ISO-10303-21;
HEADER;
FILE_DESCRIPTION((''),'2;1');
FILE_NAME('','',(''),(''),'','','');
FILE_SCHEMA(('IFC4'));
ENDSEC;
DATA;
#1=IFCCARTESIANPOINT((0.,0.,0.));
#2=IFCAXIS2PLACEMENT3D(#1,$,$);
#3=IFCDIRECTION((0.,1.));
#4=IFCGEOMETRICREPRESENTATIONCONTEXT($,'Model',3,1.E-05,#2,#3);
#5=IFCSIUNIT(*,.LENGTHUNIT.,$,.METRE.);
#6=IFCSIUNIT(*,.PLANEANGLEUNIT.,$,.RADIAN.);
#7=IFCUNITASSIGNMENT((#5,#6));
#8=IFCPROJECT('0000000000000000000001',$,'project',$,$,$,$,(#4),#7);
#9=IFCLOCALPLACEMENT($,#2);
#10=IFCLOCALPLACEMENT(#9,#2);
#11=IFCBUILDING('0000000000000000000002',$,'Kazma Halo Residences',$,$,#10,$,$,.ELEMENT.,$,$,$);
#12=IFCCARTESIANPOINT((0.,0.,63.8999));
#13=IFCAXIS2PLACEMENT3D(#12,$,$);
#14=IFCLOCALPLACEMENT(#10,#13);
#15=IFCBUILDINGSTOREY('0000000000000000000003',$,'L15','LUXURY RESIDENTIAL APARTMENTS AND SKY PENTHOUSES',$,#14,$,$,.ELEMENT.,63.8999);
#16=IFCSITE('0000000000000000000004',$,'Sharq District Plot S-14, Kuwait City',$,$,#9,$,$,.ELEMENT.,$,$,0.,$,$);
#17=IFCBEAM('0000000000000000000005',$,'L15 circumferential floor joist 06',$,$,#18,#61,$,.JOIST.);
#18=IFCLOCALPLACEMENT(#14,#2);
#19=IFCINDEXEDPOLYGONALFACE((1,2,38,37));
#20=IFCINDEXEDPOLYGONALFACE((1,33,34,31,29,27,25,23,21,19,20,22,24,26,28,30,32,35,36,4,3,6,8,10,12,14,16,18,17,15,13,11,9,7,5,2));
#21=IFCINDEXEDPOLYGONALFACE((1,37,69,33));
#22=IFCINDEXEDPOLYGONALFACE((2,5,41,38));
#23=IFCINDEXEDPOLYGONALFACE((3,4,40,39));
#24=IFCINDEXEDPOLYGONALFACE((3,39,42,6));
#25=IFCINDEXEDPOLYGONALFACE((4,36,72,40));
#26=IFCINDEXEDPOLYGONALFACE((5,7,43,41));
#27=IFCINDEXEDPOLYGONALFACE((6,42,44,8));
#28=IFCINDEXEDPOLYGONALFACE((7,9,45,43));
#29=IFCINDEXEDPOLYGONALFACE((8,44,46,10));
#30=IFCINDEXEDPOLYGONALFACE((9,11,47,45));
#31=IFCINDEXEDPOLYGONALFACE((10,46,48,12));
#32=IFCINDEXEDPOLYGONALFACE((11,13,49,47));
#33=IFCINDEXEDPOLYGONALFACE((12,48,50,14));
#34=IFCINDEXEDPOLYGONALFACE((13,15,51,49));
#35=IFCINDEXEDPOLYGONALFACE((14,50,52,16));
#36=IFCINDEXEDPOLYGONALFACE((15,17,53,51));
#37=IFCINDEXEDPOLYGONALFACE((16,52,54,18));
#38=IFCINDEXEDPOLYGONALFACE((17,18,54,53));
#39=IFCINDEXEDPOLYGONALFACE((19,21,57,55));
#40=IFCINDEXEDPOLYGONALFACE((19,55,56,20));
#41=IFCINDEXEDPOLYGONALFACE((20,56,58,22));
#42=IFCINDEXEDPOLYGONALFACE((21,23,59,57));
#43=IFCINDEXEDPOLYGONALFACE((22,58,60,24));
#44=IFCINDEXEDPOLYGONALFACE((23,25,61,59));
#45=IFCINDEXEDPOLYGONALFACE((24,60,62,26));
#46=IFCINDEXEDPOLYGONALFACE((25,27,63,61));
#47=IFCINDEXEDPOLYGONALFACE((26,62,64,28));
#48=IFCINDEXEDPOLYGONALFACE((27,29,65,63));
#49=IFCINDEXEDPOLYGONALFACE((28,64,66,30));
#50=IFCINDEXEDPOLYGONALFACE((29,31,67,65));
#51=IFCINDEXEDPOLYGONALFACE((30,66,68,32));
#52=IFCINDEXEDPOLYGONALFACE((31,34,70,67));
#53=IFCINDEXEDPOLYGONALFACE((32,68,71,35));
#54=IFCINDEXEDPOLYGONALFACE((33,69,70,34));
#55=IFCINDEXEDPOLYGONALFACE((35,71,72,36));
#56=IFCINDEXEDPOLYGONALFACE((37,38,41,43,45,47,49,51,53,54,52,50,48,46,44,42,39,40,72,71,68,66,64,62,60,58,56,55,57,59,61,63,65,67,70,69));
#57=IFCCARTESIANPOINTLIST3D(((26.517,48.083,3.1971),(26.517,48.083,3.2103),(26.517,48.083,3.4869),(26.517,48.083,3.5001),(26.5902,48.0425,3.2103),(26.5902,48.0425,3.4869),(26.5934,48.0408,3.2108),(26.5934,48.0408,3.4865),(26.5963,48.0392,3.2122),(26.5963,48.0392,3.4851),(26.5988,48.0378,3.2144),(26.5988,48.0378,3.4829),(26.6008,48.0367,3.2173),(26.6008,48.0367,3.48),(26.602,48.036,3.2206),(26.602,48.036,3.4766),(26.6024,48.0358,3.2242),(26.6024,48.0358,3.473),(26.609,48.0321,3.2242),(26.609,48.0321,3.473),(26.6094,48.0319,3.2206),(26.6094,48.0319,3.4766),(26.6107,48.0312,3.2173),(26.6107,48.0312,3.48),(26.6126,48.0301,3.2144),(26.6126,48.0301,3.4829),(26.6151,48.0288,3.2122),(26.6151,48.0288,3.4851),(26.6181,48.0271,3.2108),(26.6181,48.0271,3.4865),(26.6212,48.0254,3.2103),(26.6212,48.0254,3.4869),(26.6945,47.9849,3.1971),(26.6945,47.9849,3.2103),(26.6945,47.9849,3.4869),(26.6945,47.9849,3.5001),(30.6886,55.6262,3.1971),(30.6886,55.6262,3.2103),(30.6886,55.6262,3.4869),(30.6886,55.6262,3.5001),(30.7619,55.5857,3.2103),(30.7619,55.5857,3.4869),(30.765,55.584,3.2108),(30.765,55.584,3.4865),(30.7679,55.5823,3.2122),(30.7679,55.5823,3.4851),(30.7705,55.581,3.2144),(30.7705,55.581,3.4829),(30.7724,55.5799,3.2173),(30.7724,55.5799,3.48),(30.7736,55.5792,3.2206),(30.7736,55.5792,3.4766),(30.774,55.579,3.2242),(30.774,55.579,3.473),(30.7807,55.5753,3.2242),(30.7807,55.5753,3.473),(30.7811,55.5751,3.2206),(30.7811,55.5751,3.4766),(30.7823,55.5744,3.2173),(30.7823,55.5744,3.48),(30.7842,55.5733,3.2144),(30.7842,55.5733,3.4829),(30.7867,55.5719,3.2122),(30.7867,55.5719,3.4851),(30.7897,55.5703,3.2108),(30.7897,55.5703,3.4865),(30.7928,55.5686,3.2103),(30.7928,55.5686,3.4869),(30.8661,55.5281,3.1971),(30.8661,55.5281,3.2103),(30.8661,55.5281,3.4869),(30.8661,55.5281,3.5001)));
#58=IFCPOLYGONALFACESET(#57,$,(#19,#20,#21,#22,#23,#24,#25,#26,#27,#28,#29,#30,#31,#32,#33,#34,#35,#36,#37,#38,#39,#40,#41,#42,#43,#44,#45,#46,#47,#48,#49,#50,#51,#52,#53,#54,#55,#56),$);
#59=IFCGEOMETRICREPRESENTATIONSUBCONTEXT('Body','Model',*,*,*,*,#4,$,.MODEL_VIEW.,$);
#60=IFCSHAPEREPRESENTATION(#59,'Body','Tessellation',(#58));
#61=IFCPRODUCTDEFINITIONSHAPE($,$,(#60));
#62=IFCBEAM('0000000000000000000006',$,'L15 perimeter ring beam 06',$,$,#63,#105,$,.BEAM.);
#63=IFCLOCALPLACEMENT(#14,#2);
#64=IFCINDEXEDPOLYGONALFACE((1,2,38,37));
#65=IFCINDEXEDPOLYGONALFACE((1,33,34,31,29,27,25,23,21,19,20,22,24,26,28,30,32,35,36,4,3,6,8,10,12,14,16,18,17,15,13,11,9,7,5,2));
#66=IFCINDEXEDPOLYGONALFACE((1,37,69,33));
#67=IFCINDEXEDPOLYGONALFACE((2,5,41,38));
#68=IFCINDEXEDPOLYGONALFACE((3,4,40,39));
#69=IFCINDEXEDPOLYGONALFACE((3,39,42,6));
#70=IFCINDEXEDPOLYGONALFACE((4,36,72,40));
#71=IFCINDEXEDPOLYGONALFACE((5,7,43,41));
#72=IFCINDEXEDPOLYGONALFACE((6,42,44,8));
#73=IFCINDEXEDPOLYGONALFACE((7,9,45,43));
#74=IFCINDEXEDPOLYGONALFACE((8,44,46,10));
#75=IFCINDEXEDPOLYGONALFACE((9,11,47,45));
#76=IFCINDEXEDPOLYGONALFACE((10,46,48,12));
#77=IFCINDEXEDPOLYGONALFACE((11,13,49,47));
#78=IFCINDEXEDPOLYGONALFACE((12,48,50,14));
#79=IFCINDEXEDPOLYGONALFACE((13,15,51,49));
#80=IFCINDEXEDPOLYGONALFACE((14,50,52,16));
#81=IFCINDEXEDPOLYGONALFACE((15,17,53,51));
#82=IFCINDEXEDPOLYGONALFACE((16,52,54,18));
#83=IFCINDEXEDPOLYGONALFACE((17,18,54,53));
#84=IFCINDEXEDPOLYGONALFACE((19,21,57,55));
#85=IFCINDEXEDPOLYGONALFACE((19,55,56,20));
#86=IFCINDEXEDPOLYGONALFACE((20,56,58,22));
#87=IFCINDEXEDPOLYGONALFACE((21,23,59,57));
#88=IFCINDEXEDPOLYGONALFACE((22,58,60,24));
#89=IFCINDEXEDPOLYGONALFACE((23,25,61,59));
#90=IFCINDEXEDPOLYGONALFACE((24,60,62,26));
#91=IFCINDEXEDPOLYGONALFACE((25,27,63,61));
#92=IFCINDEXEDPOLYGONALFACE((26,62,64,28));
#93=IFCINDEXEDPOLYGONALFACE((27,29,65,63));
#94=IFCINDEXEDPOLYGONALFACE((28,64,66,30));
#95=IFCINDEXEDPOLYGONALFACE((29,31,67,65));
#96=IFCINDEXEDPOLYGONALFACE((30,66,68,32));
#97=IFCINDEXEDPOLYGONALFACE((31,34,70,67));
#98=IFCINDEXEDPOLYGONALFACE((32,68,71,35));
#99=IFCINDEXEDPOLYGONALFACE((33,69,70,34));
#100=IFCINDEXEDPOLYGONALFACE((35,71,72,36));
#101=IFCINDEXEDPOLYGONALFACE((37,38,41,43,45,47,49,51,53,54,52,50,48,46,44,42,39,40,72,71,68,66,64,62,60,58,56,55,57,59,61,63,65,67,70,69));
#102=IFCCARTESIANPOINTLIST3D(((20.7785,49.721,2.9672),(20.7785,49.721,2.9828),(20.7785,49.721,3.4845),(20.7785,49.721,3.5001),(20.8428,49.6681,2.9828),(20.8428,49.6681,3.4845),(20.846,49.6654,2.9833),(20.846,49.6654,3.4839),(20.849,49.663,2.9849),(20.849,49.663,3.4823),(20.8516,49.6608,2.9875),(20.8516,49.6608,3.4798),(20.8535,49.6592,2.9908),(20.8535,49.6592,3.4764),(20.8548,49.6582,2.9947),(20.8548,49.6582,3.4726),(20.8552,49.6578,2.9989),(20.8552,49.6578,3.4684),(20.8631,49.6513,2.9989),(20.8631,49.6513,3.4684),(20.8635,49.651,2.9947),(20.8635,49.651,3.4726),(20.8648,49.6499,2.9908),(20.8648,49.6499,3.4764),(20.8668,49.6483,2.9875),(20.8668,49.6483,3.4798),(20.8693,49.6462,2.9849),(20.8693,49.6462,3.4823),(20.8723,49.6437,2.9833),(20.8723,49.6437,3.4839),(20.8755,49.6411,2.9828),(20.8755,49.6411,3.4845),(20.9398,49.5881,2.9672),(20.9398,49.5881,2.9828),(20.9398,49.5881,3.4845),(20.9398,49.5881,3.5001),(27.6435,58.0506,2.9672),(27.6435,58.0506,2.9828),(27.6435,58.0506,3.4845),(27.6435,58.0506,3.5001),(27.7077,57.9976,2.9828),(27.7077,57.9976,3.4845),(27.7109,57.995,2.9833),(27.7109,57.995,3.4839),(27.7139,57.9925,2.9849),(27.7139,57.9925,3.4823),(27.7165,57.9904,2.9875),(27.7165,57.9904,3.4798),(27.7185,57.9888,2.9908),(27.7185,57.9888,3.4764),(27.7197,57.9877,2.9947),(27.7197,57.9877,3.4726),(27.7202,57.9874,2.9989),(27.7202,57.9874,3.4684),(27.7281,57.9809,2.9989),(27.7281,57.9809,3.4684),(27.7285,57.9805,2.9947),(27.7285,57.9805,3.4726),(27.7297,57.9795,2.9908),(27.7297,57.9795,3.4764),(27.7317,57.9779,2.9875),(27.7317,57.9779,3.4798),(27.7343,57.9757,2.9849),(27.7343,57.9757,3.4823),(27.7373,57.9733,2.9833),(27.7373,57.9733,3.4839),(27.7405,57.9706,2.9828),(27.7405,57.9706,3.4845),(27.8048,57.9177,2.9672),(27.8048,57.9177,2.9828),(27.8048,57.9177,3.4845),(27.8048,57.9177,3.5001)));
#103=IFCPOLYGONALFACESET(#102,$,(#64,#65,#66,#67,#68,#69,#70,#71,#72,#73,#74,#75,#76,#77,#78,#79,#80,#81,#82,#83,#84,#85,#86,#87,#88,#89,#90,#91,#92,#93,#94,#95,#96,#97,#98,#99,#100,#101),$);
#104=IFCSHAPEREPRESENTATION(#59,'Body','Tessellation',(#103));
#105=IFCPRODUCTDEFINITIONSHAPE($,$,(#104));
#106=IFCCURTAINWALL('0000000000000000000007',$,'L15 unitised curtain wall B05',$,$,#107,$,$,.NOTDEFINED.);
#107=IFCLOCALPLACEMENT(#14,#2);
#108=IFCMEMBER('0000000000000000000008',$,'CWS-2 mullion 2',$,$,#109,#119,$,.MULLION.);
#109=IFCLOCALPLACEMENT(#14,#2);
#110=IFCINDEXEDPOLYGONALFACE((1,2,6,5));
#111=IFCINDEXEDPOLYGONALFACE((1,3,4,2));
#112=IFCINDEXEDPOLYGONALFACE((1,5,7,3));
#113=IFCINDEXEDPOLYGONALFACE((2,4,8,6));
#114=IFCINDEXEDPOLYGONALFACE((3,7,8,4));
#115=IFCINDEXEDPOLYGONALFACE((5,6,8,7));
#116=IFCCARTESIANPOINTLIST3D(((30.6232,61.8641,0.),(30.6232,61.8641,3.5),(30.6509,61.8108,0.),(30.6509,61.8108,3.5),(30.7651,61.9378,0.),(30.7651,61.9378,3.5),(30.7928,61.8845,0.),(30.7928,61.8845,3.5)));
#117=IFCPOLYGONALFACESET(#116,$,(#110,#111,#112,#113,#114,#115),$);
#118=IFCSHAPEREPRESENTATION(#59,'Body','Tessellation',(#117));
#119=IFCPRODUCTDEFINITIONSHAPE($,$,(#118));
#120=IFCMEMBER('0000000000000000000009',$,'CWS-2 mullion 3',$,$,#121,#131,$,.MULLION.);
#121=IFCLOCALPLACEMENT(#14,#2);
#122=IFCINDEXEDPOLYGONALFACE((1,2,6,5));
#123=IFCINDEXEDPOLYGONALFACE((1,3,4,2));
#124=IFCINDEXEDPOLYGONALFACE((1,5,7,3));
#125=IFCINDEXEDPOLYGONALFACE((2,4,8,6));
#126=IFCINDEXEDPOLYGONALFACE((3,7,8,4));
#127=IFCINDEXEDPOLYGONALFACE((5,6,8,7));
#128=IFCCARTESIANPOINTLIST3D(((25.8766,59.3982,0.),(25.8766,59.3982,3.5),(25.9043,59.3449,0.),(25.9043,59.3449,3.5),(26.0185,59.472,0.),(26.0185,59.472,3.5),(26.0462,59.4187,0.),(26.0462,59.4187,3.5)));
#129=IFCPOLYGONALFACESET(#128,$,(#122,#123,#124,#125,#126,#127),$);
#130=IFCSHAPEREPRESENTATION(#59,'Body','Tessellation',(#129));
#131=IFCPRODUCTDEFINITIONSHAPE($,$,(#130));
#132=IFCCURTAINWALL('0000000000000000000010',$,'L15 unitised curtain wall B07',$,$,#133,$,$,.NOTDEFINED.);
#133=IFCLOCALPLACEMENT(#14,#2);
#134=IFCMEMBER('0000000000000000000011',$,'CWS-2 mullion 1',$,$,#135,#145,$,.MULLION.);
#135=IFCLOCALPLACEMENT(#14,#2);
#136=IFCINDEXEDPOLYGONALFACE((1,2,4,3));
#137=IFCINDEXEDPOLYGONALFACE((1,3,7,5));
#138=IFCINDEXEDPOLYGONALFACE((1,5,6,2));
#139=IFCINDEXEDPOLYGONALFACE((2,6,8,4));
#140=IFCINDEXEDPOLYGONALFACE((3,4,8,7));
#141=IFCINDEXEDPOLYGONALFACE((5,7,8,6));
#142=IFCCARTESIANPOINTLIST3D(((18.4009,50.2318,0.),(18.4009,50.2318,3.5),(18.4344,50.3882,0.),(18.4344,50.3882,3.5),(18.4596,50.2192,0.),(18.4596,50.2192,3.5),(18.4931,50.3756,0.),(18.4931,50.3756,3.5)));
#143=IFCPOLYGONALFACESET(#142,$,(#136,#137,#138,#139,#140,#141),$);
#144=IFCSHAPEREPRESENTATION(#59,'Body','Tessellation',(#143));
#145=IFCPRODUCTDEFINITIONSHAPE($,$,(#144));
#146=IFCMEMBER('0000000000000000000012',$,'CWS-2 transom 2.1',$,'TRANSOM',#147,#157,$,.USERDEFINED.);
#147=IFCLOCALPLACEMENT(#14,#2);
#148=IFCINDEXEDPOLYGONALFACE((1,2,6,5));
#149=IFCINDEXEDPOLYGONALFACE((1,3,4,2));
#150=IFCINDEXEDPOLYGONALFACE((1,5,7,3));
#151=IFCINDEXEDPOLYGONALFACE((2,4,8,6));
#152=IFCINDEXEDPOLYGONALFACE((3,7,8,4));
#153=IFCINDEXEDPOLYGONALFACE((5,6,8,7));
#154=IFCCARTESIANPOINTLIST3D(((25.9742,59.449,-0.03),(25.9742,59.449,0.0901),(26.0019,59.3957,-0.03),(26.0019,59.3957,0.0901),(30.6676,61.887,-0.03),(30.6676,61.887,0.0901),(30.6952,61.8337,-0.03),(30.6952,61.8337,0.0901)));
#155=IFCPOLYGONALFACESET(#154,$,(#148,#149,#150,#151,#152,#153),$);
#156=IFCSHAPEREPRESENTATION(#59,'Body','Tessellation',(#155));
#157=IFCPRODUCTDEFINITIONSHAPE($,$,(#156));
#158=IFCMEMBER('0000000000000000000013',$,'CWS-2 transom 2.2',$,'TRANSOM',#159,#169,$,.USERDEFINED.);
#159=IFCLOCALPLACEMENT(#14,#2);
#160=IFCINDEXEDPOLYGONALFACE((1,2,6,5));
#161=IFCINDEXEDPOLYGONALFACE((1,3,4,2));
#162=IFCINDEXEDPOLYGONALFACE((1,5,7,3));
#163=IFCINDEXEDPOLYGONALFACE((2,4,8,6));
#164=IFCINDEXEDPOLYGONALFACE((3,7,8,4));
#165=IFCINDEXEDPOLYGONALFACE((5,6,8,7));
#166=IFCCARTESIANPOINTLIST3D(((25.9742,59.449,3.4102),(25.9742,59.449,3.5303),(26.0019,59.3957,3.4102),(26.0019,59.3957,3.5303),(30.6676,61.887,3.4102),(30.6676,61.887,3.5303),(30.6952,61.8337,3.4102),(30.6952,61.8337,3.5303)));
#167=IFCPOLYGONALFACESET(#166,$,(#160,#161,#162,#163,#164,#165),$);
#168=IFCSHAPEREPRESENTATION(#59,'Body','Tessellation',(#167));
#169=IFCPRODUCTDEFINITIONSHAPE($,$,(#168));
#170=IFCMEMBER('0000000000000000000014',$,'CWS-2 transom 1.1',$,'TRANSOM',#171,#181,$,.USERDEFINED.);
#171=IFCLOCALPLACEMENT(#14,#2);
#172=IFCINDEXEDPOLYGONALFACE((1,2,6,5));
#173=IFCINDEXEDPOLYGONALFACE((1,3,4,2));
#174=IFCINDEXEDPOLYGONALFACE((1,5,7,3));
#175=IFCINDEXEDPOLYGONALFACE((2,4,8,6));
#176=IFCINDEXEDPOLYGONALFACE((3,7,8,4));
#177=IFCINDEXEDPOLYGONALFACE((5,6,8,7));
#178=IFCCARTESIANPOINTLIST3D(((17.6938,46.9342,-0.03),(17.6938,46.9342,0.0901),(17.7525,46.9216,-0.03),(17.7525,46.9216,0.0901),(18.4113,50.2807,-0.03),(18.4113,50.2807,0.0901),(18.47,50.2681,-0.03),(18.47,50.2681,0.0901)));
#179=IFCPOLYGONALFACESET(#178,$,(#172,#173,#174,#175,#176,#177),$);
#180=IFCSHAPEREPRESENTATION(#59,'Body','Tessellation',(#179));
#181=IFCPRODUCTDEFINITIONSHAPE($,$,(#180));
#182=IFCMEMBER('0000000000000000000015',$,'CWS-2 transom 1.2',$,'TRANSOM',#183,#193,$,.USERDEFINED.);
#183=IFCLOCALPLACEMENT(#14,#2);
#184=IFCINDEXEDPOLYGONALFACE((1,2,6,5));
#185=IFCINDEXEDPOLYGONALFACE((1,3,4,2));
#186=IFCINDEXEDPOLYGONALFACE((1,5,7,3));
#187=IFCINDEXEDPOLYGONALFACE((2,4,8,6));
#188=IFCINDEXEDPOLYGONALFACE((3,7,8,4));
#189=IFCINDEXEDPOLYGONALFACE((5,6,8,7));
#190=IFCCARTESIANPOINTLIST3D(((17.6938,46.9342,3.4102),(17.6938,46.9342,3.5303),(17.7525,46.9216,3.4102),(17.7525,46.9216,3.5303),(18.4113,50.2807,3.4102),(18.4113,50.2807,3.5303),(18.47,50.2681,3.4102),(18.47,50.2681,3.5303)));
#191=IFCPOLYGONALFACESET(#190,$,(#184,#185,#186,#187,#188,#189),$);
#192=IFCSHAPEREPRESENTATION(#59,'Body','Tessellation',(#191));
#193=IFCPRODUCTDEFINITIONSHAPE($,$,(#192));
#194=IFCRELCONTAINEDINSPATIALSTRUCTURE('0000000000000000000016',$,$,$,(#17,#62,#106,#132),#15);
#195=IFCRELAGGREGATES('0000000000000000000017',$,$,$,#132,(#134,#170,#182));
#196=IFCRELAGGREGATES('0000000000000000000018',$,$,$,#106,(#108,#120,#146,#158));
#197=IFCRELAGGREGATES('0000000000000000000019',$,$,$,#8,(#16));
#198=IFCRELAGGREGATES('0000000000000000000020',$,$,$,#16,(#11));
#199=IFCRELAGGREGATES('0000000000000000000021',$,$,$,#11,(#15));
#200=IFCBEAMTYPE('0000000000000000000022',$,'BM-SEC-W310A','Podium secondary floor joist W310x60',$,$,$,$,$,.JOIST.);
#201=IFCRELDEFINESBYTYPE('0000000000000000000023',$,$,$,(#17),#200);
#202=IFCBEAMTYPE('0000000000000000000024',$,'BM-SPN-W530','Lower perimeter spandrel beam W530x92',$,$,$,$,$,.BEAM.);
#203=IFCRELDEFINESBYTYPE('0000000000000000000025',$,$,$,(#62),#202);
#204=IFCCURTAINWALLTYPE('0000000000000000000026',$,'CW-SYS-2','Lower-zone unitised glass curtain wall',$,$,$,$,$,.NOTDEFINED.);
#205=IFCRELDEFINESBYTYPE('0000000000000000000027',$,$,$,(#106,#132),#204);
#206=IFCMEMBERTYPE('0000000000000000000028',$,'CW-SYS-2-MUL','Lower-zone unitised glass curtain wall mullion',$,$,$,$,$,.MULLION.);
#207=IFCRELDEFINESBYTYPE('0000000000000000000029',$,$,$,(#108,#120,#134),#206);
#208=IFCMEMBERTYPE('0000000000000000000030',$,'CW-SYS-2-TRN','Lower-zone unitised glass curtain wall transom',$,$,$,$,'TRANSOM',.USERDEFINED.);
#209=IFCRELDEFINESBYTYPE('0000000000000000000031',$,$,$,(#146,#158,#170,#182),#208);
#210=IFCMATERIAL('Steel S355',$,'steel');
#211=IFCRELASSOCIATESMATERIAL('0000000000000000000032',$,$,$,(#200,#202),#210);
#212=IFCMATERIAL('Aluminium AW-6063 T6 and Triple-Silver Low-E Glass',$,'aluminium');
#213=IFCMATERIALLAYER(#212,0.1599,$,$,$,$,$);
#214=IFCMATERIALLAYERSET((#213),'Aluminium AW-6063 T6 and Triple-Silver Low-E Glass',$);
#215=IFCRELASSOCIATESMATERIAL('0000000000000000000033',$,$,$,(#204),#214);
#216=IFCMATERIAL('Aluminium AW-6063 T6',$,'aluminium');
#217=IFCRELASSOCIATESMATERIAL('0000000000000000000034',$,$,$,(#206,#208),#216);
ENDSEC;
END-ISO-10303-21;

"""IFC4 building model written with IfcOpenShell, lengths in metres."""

from ifc_helpers import new_model, si_unit, direction, frame, origin, origin_2d, place, context, subcontext, project, spatial, rectangle, i_section, extrude, material, layer, layer_set, material_profile, profile_set, type_object, element, aggregate, save


model = new_model("IFC4")

# Units and contexts
model_context = context("Model", 3, precision=1e-05, world=origin(), true_north=direction((0.0, 1.0)))
body_context = subcontext(model_context, "Body", "Model", "MODEL_VIEW")
ifc_project = project(units=[si_unit("LENGTHUNIT", "METRE"), si_unit("PLANEANGLEUNIT", "RADIAN")], contexts=[model_context])

# Site, building, storey
site_placement = place(None, origin())
site = spatial("IfcSite", under=ifc_project, at=site_placement, Name="Sharq District Plot S-14, Kuwait City", CompositionType="ELEMENT", RefElevation=0.0)
building_placement = place(site_placement, origin())
building = spatial("IfcBuilding", under=site, at=building_placement, Name="Kazma Halo Residences", CompositionType="ELEMENT")
storey_placement = place(building_placement, frame((0.0, 0.0, 63.8999)))
storey = spatial("IfcBuildingStorey", under=building, at=storey_placement, Name="L15", Description="LUXURY RESIDENTIAL APARTMENTS AND SKY PENTHOUSES", CompositionType="ELEMENT", Elevation=63.8999)

# Beams
ifc_material_1 = material(Name="Steel S355", Category="steel")
ifc_material_profile_1 = material_profile(ifc_material_1, i_section(OverallWidth=0.2029, OverallDepth=0.303, WebThickness=0.0076, FlangeThickness=0.0132, FilletRadius=0.0139, at=origin_2d()), Name="W310x60")
ifc_profile_set_1 = profile_set([ifc_material_profile_1], Name="Steel S355")
beam_type_1 = type_object("IfcBeamType", Name="BM-SEC-W310A", Description="Podium secondary floor joist W310x60", PredefinedType="JOIST", material=ifc_profile_set_1)
beam_1_placement = place(storey_placement, frame((30.7773, 55.5771, 3.3486), z_axis=(-0.483954, -0.875094, 0.0), x_axis=(0.875094, -0.483954, 0.0)))
element("IfcBeam", 1, at=beam_1_placement, inside=storey, type_object=beam_type_1, Name="L15 circumferential floor joist 06", PredefinedType="JOIST", context=body_context, shape_type="SweptSolid", body=[
    extrude(i_section(OverallWidth=0.2029, OverallDepth=0.303, WebThickness=0.0076, FlangeThickness=0.0132, FilletRadius=0.0139, at=origin_2d()), origin(), (0.0, 0.0, 1.0), 8.6199),
])
ifc_material_profile_2 = material_profile(ifc_material_1, i_section(OverallWidth=0.209, OverallDepth=0.533, WebThickness=0.0103, FlangeThickness=0.0156, FilletRadius=0.0161, at=origin_2d()), Name="W530x92")
ifc_profile_set_2 = profile_set([ifc_material_profile_2], Name="Steel S355")
beam_type_2 = type_object("IfcBeamType", Name="BM-SPN-W530", Description="Lower perimeter spandrel beam W530x92", PredefinedType="BEAM", material=ifc_profile_set_2)
beam_2_placement = place(storey_placement, frame((27.7241, 57.9841, 3.2336), z_axis=(-0.636001, -0.771688, 0.0), x_axis=(0.771688, -0.636001, 0.0)))
element("IfcBeam", 2, at=beam_2_placement, inside=storey, type_object=beam_type_2, Name="L15 perimeter ring beam 06", PredefinedType="BEAM", context=body_context, shape_type="SweptSolid", body=[
    extrude(i_section(OverallWidth=0.209, OverallDepth=0.533, WebThickness=0.0103, FlangeThickness=0.0156, FilletRadius=0.0161, at=origin_2d()), origin(), (0.0, 0.0, 1.0), 10.7939),
])

# Curtain wall, members
ifc_material_2 = material(Name="Aluminium AW-6063 T6 and Triple-Silver Low-E Glass", Category="aluminium")
ifc_layer_1 = layer(ifc_material_2, 0.1599)
ifc_layer_set_1 = layer_set([ifc_layer_1], Name="Aluminium AW-6063 T6 and Triple-Silver Low-E Glass")
curtain_wall_type = type_object("IfcCurtainWallType", Name="CW-SYS-2", Description="Lower-zone unitised glass curtain wall", PredefinedType="NOTDEFINED", material=ifc_layer_set_1)
curtain_wall_1_placement = place(storey_placement, origin())
curtain_wall_1 = element("IfcCurtainWall", 3, at=curtain_wall_1_placement, inside=storey, type_object=curtain_wall_type, Name="L15 unitised curtain wall B05", PredefinedType="NOTDEFINED")
ifc_material_3 = material(Name="Aluminium AW-6063 T6", Category="aluminium")
ifc_material_profile_3 = material_profile(ifc_material_3, rectangle(XDim=0.0601, YDim=0.1599, at=origin_2d()), Name="CWM-60x160")
ifc_profile_set_3 = profile_set([ifc_material_profile_3], Name="Aluminium AW-6063 T6")
member_type_1 = type_object("IfcMemberType", Name="CW-SYS-2-MUL", Description="Lower-zone unitised glass curtain wall mullion", PredefinedType="MULLION", material=ifc_profile_set_3)
member_1_placement = place(storey_placement, frame((30.708, 61.8743, 0.0), z_axis=(0.0, 0.0, 1.0), x_axis=(0.460996, -0.887402, 0.0)))
member_1 = element("IfcMember", 4, at=member_1_placement, type_object=member_type_1, Name="CWS-2 mullion 2", PredefinedType="MULLION", context=body_context, shape_type="SweptSolid", body=[
    extrude(rectangle(XDim=0.0601, YDim=0.1599, at=origin_2d()), origin(), (0.0, 0.0, 1.0), 3.5),
])
member_2_placement = place(storey_placement, frame((25.9614, 59.4084, 0.0), z_axis=(0.0, 0.0, 1.0), x_axis=(0.460996, -0.887402, 0.0)))
member_2 = element("IfcMember", 5, at=member_2_placement, type_object=member_type_1, Name="CWS-2 mullion 3", PredefinedType="MULLION", context=body_context, shape_type="SweptSolid", body=[
    extrude(rectangle(XDim=0.0601, YDim=0.1599, at=origin_2d()), origin(), (0.0, 0.0, 1.0), 3.5),
])

# Curtain wall, member
curtain_wall_2_placement = place(storey_placement, origin())
curtain_wall_2 = element("IfcCurtainWall", 6, at=curtain_wall_2_placement, inside=storey, type_object=curtain_wall_type, Name="L15 unitised curtain wall B07", PredefinedType="NOTDEFINED")
member_3_placement = place(storey_placement, frame((18.447, 50.3037, 0.0), z_axis=(0.0, 0.0, 1.0), x_axis=(0.977779, -0.209637, 0.0)))
member_3 = element("IfcMember", 7, at=member_3_placement, type_object=member_type_1, Name="CWS-2 mullion 1", PredefinedType="MULLION", context=body_context, shape_type="SweptSolid", body=[
    extrude(rectangle(XDim=0.0601, YDim=0.1599, at=origin_2d()), origin(), (0.0, 0.0, 1.0), 3.5),
])

# Members
ifc_material_profile_4 = material_profile(ifc_material_3, rectangle(XDim=0.0601, YDim=0.1201, at=origin_2d()), Name="CWT-60x120")
ifc_profile_set_4 = profile_set([ifc_material_profile_4], Name="Aluminium AW-6063 T6")
member_type_2 = type_object("IfcMemberType", Name="CW-SYS-2-TRN", Description="Lower-zone unitised glass curtain wall transom", ElementType="TRANSOM", PredefinedType="USERDEFINED", material=ifc_profile_set_4)
member_4_placement = place(storey_placement, frame((30.6814, 61.8604, 0.03), z_axis=(-0.887415, -0.460972, 0.0), x_axis=(0.460972, -0.887415, 0.0)))
member_4 = element("IfcMember", 8, at=member_4_placement, type_object=member_type_2, Name="CWS-2 transom 2.1", ObjectType="TRANSOM", PredefinedType="USERDEFINED", context=body_context, shape_type="SweptSolid", body=[
    extrude(rectangle(XDim=0.0601, YDim=0.1201, at=origin_2d()), origin(), (0.0, 0.0, 1.0), 5.2888),
])
member_5_placement = place(storey_placement, frame((30.6814, 61.8604, 3.4702), z_axis=(-0.887415, -0.460972, 0.0), x_axis=(0.460972, -0.887415, 0.0)))
member_5 = element("IfcMember", 9, at=member_5_placement, type_object=member_type_2, Name="CWS-2 transom 2.2", ObjectType="TRANSOM", PredefinedType="USERDEFINED", context=body_context, shape_type="SweptSolid", body=[
    extrude(rectangle(XDim=0.0601, YDim=0.1201, at=origin_2d()), origin(), (0.0, 0.0, 1.0), 5.2888),
])
member_6_placement = place(storey_placement, frame((18.4407, 50.2744, 0.03), z_axis=(-0.209651, -0.977776, 0.0), x_axis=(0.977776, -0.209651, 0.0)))
member_6 = element("IfcMember", 10, at=member_6_placement, type_object=member_type_2, Name="CWS-2 transom 1.1", ObjectType="TRANSOM", PredefinedType="USERDEFINED", context=body_context, shape_type="SweptSolid", body=[
    extrude(rectangle(XDim=0.0601, YDim=0.1201, at=origin_2d()), origin(), (0.0, 0.0, 1.0), 3.4226),
])
member_7_placement = place(storey_placement, frame((18.4407, 50.2744, 3.4702), z_axis=(-0.209651, -0.977776, 0.0), x_axis=(0.977776, -0.209651, 0.0)))
member_7 = element("IfcMember", 11, at=member_7_placement, type_object=member_type_2, Name="CWS-2 transom 1.2", ObjectType="TRANSOM", PredefinedType="USERDEFINED", context=body_context, shape_type="SweptSolid", body=[
    extrude(rectangle(XDim=0.0601, YDim=0.1201, at=origin_2d()), origin(), (0.0, 0.0, 1.0), 3.4226),
])
aggregate(curtain_wall_2, [member_3, member_6, member_7])

aggregate(curtain_wall_1, [member_1, member_2, member_4, member_5])

save(model, "model.ifc")
